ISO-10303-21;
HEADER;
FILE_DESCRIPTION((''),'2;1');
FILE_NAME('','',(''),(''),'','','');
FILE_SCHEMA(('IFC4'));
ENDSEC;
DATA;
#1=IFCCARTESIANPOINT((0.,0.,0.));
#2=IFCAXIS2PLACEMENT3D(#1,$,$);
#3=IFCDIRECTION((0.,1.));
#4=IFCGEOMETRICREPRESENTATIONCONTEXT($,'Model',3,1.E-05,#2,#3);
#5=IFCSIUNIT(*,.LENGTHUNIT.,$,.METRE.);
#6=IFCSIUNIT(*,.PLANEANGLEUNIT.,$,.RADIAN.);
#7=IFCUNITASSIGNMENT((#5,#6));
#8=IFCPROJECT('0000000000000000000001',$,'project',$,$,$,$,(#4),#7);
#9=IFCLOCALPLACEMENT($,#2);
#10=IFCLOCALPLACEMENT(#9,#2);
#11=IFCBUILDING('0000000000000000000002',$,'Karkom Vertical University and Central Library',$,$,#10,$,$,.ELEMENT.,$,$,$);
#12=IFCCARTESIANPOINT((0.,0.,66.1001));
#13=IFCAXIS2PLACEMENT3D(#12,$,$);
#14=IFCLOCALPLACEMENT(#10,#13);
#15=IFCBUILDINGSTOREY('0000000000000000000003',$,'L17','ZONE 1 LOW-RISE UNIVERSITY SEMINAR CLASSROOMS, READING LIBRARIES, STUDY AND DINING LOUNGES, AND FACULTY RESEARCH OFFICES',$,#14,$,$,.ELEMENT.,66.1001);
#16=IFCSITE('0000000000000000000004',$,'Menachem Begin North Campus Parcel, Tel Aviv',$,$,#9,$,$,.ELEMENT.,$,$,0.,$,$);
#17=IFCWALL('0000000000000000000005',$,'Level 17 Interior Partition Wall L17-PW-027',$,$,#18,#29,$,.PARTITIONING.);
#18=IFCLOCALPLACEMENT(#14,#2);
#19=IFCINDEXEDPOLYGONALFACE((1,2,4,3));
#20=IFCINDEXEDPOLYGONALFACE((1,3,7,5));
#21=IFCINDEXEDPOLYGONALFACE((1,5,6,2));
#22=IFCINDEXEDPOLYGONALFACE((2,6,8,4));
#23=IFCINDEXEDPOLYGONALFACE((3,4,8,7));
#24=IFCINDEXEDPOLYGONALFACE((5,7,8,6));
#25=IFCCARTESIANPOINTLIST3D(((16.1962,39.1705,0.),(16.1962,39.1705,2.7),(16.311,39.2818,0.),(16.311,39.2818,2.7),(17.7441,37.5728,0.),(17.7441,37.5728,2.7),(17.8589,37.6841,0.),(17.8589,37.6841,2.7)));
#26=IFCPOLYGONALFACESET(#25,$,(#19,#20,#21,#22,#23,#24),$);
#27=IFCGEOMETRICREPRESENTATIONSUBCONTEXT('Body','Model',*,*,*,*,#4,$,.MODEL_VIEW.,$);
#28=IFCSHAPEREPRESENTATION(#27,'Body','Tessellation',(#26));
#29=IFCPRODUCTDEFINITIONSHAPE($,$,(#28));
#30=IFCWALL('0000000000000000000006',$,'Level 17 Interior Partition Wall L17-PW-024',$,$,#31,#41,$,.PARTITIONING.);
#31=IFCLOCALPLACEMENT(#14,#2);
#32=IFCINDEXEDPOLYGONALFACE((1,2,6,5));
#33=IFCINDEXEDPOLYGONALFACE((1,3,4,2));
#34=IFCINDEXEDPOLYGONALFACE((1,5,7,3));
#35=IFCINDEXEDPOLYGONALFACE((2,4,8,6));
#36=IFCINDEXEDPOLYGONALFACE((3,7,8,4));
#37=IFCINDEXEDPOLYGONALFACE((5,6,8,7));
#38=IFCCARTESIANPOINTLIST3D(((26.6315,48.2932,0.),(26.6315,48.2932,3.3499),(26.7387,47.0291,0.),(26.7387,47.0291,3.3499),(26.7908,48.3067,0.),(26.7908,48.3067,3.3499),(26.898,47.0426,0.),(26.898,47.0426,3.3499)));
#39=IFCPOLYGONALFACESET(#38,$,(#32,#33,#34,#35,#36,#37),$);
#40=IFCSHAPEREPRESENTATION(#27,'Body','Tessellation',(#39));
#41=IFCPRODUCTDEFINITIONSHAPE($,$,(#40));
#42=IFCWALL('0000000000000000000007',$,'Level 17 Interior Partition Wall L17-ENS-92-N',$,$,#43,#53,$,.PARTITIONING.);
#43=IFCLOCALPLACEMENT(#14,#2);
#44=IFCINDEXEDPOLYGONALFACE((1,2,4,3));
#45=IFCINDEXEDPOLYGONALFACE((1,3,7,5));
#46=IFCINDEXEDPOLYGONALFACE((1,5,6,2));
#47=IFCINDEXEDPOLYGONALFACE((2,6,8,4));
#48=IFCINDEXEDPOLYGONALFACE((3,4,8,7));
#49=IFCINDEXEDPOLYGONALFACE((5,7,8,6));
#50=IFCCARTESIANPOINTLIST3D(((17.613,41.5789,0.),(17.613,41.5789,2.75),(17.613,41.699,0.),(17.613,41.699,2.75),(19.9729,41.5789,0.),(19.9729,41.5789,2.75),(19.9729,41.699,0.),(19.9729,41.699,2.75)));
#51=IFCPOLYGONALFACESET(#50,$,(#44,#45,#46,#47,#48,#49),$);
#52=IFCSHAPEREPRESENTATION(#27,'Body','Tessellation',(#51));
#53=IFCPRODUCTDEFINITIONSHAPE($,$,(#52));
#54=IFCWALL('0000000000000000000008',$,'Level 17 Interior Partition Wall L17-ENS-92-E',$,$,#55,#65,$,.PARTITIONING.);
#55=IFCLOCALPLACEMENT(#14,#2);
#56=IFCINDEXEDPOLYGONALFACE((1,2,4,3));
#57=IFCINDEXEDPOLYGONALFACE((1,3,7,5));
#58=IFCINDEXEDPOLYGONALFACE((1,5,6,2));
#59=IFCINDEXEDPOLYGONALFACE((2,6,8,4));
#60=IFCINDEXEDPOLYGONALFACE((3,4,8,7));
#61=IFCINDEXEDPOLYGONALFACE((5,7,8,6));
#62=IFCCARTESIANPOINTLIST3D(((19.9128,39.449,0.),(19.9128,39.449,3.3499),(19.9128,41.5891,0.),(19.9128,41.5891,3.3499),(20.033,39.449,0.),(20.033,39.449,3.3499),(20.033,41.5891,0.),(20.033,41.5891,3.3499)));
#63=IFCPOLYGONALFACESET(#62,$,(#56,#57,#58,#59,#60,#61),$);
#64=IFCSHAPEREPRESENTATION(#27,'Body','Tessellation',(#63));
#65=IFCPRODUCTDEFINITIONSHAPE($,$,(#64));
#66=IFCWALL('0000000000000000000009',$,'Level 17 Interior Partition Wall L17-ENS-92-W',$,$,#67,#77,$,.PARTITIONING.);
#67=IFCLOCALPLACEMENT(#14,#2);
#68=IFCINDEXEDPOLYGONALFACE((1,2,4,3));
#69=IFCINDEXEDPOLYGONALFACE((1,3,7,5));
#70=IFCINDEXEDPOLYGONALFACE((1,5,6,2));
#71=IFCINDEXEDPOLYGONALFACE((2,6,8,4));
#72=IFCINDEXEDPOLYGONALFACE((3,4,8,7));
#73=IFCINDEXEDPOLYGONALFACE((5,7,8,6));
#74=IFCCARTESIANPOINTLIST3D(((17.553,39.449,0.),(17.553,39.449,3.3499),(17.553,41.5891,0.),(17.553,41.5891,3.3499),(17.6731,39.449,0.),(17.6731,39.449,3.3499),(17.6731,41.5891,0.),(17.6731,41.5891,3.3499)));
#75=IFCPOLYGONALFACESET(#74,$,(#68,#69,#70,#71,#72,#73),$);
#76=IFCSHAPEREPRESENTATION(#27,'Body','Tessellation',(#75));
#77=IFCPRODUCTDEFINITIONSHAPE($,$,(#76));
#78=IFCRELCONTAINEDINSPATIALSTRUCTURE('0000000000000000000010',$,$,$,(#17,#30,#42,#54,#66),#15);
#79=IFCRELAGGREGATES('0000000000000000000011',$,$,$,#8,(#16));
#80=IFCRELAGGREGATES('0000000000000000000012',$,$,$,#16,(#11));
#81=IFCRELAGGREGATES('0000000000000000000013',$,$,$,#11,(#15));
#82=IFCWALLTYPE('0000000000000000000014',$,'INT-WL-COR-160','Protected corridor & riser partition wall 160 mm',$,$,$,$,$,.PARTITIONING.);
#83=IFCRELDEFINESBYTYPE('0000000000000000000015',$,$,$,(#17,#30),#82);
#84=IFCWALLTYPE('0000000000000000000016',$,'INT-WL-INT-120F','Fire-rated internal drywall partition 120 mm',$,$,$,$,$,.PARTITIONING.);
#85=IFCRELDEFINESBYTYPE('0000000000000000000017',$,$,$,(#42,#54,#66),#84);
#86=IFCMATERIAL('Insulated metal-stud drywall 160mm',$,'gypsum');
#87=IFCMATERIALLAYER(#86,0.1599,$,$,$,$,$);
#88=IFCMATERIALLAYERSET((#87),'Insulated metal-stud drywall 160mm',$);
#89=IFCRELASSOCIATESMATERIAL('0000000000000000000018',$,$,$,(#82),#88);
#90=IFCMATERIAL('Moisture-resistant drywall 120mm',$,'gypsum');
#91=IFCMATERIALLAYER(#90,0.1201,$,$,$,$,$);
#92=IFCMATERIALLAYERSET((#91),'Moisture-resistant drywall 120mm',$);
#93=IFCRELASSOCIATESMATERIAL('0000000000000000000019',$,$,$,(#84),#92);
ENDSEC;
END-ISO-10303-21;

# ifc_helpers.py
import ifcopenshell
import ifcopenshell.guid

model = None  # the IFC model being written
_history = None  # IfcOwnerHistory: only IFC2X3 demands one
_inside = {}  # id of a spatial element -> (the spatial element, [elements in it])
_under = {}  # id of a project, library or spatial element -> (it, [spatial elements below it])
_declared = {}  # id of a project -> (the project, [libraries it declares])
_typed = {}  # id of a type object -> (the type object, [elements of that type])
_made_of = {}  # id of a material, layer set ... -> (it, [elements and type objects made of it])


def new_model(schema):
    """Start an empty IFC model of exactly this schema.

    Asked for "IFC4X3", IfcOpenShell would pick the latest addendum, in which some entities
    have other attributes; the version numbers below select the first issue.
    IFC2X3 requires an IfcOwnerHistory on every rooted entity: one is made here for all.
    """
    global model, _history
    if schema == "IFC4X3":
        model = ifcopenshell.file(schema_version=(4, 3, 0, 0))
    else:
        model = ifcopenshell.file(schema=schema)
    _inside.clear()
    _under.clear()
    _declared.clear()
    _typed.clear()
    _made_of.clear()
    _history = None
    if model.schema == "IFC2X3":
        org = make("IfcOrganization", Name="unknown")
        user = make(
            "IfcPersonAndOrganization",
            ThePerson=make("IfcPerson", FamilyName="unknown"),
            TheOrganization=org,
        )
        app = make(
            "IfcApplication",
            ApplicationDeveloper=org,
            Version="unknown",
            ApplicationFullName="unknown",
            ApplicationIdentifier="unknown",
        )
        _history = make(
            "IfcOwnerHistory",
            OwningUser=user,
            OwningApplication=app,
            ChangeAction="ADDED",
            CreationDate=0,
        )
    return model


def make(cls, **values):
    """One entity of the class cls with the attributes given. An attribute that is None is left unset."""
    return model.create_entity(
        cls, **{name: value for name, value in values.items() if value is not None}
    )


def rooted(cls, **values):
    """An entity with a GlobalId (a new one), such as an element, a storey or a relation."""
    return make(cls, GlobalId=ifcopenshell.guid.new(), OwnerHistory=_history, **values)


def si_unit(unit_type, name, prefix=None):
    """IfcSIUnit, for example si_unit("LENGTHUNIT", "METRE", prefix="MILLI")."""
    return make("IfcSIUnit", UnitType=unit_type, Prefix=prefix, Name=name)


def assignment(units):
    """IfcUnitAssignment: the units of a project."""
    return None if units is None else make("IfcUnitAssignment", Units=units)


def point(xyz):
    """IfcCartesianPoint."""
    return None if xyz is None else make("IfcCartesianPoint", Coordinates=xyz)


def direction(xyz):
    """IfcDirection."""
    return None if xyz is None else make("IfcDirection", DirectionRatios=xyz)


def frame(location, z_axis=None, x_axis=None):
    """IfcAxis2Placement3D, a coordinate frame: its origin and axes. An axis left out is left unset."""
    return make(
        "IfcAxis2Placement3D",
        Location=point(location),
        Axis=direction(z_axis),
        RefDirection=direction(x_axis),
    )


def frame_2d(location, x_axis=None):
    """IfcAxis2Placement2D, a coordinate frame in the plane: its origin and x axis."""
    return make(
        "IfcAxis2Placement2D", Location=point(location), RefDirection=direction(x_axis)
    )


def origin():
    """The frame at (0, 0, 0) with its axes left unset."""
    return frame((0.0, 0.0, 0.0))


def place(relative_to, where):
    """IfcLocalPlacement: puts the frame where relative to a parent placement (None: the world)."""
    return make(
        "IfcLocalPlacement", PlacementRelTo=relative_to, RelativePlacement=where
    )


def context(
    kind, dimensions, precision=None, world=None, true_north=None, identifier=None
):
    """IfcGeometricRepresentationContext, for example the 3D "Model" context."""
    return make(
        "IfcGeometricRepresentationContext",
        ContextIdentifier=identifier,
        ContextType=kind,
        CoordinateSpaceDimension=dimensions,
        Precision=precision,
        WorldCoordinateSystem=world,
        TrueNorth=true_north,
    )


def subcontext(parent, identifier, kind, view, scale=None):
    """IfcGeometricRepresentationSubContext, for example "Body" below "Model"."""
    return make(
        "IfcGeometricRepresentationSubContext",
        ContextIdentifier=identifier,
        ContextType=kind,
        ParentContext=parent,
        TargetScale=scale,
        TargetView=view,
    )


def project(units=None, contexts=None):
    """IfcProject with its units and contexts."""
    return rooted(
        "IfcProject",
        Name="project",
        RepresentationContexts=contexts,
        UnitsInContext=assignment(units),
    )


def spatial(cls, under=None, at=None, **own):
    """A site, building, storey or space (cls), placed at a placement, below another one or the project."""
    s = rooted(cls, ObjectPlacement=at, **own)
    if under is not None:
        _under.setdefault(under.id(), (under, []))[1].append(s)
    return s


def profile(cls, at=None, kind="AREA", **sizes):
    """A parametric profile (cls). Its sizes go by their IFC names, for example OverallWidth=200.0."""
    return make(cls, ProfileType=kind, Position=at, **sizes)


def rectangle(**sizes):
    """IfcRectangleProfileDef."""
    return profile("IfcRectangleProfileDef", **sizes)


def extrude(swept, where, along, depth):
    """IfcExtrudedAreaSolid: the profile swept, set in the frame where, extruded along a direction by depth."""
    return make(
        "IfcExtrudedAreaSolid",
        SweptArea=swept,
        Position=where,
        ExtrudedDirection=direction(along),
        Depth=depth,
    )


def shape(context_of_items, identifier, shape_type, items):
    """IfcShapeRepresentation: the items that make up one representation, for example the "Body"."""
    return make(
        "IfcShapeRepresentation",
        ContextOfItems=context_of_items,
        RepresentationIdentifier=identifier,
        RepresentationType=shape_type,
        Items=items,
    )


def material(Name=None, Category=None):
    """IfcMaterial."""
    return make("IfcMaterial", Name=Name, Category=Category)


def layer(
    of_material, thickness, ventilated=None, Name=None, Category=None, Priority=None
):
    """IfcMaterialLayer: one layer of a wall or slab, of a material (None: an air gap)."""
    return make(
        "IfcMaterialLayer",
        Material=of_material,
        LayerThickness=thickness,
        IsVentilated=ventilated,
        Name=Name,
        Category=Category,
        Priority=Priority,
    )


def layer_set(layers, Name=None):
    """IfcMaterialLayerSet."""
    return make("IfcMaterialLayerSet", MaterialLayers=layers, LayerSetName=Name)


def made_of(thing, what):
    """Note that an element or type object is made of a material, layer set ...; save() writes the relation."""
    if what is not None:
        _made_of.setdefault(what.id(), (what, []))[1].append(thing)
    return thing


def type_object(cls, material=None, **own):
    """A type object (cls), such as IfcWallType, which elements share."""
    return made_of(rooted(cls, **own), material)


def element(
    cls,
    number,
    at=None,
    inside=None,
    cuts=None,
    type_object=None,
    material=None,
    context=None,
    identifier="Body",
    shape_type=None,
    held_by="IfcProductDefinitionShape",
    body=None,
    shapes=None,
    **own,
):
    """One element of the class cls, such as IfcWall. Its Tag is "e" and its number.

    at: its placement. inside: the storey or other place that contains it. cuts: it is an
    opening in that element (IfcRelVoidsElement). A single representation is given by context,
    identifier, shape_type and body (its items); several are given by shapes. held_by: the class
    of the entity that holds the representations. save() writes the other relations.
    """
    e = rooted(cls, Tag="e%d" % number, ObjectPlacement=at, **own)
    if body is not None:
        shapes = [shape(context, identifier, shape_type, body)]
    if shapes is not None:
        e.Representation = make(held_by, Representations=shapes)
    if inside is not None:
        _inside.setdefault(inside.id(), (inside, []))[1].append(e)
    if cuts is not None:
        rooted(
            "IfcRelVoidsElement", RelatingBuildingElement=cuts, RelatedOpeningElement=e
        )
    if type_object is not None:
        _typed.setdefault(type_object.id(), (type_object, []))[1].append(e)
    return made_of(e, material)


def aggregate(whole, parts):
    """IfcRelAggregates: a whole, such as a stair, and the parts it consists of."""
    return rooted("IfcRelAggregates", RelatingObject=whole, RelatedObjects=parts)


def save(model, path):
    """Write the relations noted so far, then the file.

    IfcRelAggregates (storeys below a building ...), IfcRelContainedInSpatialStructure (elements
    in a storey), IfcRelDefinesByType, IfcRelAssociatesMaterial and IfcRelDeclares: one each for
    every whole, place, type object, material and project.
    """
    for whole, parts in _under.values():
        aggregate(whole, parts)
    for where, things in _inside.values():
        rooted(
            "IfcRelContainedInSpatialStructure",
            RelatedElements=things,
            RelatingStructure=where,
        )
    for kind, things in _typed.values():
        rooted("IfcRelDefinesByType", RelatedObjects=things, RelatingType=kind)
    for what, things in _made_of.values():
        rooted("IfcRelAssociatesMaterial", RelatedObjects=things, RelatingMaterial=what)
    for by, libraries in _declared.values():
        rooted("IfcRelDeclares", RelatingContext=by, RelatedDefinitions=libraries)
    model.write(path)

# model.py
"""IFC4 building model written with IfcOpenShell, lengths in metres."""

from ifc_helpers import new_model, si_unit, direction, frame, frame_2d, origin, place, context, subcontext, project, spatial, rectangle, extrude, material, layer, layer_set, type_object, element, save


model = new_model("IFC4")

# Units and contexts
model_context = context("Model", 3, precision=1e-05, world=origin(), true_north=direction((0.0, 1.0)))
body_context = subcontext(model_context, "Body", "Model", "MODEL_VIEW")
ifc_project = project(units=[si_unit("LENGTHUNIT", "METRE"), si_unit("PLANEANGLEUNIT", "RADIAN")], contexts=[model_context])

# Site, building, storey
site_placement = place(None, origin())
site = spatial("IfcSite", under=ifc_project, at=site_placement, Name="Menachem Begin North Campus Parcel, Tel Aviv", CompositionType="ELEMENT", RefElevation=0.0)
building_placement = place(site_placement, origin())
building = spatial("IfcBuilding", under=site, at=building_placement, Name="Karkom Vertical University and Central Library", CompositionType="ELEMENT")
storey_placement = place(building_placement, frame((0.0, 0.0, 66.1001)))
storey = spatial("IfcBuildingStorey", under=building, at=storey_placement, Name="L17", Description="ZONE 1 LOW-RISE UNIVERSITY SEMINAR CLASSROOMS, READING LIBRARIES, STUDY AND DINING LOUNGES, AND FACULTY RESEARCH OFFICES", CompositionType="ELEMENT", Elevation=66.1001)

# Walls
ifc_material_1 = material(Name="Insulated metal-stud drywall 160mm", Category="gypsum")
ifc_layer_1 = layer(ifc_material_1, 0.1599)
ifc_layer_set_1 = layer_set([ifc_layer_1], Name="Insulated metal-stud drywall 160mm")
wall_type_1 = type_object("IfcWallType", Name="INT-WL-COR-160", Description="Protected corridor & riser partition wall 160 mm", PredefinedType="PARTITIONING", material=ifc_layer_set_1)
wall_1_placement = place(storey_placement, frame((17.8015, 37.6284, 0.0), z_axis=(0.0, 0.0, 1.0), x_axis=(-0.695824, 0.718213, 0.0)))
element("IfcWall", 1, at=wall_1_placement, inside=storey, type_object=wall_type_1, Name="Level 17 Interior Partition Wall L17-PW-027", PredefinedType="PARTITIONING", context=body_context, shape_type="SweptSolid", body=[
    extrude(rectangle(XDim=2.2246, YDim=0.1599, at=frame_2d((1.1123, 0.0))), origin(), (0.0, 0.0, 1.0), 2.7),
])
wall_2_placement = place(storey_placement, frame((26.8184, 47.0359, 0.0), z_axis=(0.0, 0.0, 1.0), x_axis=(-0.084495, 0.996424, 0.0)))
element("IfcWall", 2, at=wall_2_placement, inside=storey, type_object=wall_type_1, Name="Level 17 Interior Partition Wall L17-PW-024", PredefinedType="PARTITIONING", context=body_context, shape_type="SweptSolid", body=[
    extrude(rectangle(XDim=1.2686, YDim=0.1599, at=frame_2d((0.6343, 0.0))), origin(), (0.0, 0.0, 1.0), 3.3499),
])
ifc_material_2 = material(Name="Moisture-resistant drywall 120mm", Category="gypsum")
ifc_layer_2 = layer(ifc_material_2, 0.1201)
ifc_layer_set_2 = layer_set([ifc_layer_2], Name="Moisture-resistant drywall 120mm")
wall_type_2 = type_object("IfcWallType", Name="INT-WL-INT-120F", Description="Fire-rated internal drywall partition 120 mm", PredefinedType="PARTITIONING", material=ifc_layer_set_2)
wall_3_placement = place(storey_placement, frame((19.9729, 41.6389, 0.0), z_axis=(0.0, 0.0, 1.0), x_axis=(-1.0, 0.0, 0.0)))
element("IfcWall", 3, at=wall_3_placement, inside=storey, type_object=wall_type_2, Name="Level 17 Interior Partition Wall L17-ENS-92-N", PredefinedType="PARTITIONING", context=body_context, shape_type="SweptSolid", body=[
    extrude(rectangle(XDim=2.3599, YDim=0.1201, at=frame_2d((1.1799, 0.0))), origin(), (0.0, 0.0, 1.0), 2.75),
])
for number, where, z_axis, x_axis, name in (
    (4, (19.9729, 39.449, 0.0), (0.0, 0.0, 1.0), (0.0, 1.0, 0.0), "Level 17 Interior Partition Wall L17-ENS-92-E"),
    (5, (17.613, 41.5891, 0.0), (0.0, 0.0, 1.0), (0.0, -1.0, 0.0), "Level 17 Interior Partition Wall L17-ENS-92-W"),
):
    element("IfcWall", number, at=place(storey_placement, frame(where, z_axis=z_axis, x_axis=x_axis)), inside=storey, type_object=wall_type_2, Name=name, PredefinedType="PARTITIONING", context=body_context, shape_type="SweptSolid", body=[
        extrude(rectangle(XDim=2.1401, YDim=0.1201, at=frame_2d((1.0701, 0.0))), origin(), (0.0, 0.0, 1.0), 3.3499),
    ])

save(model, "model.ifc")
